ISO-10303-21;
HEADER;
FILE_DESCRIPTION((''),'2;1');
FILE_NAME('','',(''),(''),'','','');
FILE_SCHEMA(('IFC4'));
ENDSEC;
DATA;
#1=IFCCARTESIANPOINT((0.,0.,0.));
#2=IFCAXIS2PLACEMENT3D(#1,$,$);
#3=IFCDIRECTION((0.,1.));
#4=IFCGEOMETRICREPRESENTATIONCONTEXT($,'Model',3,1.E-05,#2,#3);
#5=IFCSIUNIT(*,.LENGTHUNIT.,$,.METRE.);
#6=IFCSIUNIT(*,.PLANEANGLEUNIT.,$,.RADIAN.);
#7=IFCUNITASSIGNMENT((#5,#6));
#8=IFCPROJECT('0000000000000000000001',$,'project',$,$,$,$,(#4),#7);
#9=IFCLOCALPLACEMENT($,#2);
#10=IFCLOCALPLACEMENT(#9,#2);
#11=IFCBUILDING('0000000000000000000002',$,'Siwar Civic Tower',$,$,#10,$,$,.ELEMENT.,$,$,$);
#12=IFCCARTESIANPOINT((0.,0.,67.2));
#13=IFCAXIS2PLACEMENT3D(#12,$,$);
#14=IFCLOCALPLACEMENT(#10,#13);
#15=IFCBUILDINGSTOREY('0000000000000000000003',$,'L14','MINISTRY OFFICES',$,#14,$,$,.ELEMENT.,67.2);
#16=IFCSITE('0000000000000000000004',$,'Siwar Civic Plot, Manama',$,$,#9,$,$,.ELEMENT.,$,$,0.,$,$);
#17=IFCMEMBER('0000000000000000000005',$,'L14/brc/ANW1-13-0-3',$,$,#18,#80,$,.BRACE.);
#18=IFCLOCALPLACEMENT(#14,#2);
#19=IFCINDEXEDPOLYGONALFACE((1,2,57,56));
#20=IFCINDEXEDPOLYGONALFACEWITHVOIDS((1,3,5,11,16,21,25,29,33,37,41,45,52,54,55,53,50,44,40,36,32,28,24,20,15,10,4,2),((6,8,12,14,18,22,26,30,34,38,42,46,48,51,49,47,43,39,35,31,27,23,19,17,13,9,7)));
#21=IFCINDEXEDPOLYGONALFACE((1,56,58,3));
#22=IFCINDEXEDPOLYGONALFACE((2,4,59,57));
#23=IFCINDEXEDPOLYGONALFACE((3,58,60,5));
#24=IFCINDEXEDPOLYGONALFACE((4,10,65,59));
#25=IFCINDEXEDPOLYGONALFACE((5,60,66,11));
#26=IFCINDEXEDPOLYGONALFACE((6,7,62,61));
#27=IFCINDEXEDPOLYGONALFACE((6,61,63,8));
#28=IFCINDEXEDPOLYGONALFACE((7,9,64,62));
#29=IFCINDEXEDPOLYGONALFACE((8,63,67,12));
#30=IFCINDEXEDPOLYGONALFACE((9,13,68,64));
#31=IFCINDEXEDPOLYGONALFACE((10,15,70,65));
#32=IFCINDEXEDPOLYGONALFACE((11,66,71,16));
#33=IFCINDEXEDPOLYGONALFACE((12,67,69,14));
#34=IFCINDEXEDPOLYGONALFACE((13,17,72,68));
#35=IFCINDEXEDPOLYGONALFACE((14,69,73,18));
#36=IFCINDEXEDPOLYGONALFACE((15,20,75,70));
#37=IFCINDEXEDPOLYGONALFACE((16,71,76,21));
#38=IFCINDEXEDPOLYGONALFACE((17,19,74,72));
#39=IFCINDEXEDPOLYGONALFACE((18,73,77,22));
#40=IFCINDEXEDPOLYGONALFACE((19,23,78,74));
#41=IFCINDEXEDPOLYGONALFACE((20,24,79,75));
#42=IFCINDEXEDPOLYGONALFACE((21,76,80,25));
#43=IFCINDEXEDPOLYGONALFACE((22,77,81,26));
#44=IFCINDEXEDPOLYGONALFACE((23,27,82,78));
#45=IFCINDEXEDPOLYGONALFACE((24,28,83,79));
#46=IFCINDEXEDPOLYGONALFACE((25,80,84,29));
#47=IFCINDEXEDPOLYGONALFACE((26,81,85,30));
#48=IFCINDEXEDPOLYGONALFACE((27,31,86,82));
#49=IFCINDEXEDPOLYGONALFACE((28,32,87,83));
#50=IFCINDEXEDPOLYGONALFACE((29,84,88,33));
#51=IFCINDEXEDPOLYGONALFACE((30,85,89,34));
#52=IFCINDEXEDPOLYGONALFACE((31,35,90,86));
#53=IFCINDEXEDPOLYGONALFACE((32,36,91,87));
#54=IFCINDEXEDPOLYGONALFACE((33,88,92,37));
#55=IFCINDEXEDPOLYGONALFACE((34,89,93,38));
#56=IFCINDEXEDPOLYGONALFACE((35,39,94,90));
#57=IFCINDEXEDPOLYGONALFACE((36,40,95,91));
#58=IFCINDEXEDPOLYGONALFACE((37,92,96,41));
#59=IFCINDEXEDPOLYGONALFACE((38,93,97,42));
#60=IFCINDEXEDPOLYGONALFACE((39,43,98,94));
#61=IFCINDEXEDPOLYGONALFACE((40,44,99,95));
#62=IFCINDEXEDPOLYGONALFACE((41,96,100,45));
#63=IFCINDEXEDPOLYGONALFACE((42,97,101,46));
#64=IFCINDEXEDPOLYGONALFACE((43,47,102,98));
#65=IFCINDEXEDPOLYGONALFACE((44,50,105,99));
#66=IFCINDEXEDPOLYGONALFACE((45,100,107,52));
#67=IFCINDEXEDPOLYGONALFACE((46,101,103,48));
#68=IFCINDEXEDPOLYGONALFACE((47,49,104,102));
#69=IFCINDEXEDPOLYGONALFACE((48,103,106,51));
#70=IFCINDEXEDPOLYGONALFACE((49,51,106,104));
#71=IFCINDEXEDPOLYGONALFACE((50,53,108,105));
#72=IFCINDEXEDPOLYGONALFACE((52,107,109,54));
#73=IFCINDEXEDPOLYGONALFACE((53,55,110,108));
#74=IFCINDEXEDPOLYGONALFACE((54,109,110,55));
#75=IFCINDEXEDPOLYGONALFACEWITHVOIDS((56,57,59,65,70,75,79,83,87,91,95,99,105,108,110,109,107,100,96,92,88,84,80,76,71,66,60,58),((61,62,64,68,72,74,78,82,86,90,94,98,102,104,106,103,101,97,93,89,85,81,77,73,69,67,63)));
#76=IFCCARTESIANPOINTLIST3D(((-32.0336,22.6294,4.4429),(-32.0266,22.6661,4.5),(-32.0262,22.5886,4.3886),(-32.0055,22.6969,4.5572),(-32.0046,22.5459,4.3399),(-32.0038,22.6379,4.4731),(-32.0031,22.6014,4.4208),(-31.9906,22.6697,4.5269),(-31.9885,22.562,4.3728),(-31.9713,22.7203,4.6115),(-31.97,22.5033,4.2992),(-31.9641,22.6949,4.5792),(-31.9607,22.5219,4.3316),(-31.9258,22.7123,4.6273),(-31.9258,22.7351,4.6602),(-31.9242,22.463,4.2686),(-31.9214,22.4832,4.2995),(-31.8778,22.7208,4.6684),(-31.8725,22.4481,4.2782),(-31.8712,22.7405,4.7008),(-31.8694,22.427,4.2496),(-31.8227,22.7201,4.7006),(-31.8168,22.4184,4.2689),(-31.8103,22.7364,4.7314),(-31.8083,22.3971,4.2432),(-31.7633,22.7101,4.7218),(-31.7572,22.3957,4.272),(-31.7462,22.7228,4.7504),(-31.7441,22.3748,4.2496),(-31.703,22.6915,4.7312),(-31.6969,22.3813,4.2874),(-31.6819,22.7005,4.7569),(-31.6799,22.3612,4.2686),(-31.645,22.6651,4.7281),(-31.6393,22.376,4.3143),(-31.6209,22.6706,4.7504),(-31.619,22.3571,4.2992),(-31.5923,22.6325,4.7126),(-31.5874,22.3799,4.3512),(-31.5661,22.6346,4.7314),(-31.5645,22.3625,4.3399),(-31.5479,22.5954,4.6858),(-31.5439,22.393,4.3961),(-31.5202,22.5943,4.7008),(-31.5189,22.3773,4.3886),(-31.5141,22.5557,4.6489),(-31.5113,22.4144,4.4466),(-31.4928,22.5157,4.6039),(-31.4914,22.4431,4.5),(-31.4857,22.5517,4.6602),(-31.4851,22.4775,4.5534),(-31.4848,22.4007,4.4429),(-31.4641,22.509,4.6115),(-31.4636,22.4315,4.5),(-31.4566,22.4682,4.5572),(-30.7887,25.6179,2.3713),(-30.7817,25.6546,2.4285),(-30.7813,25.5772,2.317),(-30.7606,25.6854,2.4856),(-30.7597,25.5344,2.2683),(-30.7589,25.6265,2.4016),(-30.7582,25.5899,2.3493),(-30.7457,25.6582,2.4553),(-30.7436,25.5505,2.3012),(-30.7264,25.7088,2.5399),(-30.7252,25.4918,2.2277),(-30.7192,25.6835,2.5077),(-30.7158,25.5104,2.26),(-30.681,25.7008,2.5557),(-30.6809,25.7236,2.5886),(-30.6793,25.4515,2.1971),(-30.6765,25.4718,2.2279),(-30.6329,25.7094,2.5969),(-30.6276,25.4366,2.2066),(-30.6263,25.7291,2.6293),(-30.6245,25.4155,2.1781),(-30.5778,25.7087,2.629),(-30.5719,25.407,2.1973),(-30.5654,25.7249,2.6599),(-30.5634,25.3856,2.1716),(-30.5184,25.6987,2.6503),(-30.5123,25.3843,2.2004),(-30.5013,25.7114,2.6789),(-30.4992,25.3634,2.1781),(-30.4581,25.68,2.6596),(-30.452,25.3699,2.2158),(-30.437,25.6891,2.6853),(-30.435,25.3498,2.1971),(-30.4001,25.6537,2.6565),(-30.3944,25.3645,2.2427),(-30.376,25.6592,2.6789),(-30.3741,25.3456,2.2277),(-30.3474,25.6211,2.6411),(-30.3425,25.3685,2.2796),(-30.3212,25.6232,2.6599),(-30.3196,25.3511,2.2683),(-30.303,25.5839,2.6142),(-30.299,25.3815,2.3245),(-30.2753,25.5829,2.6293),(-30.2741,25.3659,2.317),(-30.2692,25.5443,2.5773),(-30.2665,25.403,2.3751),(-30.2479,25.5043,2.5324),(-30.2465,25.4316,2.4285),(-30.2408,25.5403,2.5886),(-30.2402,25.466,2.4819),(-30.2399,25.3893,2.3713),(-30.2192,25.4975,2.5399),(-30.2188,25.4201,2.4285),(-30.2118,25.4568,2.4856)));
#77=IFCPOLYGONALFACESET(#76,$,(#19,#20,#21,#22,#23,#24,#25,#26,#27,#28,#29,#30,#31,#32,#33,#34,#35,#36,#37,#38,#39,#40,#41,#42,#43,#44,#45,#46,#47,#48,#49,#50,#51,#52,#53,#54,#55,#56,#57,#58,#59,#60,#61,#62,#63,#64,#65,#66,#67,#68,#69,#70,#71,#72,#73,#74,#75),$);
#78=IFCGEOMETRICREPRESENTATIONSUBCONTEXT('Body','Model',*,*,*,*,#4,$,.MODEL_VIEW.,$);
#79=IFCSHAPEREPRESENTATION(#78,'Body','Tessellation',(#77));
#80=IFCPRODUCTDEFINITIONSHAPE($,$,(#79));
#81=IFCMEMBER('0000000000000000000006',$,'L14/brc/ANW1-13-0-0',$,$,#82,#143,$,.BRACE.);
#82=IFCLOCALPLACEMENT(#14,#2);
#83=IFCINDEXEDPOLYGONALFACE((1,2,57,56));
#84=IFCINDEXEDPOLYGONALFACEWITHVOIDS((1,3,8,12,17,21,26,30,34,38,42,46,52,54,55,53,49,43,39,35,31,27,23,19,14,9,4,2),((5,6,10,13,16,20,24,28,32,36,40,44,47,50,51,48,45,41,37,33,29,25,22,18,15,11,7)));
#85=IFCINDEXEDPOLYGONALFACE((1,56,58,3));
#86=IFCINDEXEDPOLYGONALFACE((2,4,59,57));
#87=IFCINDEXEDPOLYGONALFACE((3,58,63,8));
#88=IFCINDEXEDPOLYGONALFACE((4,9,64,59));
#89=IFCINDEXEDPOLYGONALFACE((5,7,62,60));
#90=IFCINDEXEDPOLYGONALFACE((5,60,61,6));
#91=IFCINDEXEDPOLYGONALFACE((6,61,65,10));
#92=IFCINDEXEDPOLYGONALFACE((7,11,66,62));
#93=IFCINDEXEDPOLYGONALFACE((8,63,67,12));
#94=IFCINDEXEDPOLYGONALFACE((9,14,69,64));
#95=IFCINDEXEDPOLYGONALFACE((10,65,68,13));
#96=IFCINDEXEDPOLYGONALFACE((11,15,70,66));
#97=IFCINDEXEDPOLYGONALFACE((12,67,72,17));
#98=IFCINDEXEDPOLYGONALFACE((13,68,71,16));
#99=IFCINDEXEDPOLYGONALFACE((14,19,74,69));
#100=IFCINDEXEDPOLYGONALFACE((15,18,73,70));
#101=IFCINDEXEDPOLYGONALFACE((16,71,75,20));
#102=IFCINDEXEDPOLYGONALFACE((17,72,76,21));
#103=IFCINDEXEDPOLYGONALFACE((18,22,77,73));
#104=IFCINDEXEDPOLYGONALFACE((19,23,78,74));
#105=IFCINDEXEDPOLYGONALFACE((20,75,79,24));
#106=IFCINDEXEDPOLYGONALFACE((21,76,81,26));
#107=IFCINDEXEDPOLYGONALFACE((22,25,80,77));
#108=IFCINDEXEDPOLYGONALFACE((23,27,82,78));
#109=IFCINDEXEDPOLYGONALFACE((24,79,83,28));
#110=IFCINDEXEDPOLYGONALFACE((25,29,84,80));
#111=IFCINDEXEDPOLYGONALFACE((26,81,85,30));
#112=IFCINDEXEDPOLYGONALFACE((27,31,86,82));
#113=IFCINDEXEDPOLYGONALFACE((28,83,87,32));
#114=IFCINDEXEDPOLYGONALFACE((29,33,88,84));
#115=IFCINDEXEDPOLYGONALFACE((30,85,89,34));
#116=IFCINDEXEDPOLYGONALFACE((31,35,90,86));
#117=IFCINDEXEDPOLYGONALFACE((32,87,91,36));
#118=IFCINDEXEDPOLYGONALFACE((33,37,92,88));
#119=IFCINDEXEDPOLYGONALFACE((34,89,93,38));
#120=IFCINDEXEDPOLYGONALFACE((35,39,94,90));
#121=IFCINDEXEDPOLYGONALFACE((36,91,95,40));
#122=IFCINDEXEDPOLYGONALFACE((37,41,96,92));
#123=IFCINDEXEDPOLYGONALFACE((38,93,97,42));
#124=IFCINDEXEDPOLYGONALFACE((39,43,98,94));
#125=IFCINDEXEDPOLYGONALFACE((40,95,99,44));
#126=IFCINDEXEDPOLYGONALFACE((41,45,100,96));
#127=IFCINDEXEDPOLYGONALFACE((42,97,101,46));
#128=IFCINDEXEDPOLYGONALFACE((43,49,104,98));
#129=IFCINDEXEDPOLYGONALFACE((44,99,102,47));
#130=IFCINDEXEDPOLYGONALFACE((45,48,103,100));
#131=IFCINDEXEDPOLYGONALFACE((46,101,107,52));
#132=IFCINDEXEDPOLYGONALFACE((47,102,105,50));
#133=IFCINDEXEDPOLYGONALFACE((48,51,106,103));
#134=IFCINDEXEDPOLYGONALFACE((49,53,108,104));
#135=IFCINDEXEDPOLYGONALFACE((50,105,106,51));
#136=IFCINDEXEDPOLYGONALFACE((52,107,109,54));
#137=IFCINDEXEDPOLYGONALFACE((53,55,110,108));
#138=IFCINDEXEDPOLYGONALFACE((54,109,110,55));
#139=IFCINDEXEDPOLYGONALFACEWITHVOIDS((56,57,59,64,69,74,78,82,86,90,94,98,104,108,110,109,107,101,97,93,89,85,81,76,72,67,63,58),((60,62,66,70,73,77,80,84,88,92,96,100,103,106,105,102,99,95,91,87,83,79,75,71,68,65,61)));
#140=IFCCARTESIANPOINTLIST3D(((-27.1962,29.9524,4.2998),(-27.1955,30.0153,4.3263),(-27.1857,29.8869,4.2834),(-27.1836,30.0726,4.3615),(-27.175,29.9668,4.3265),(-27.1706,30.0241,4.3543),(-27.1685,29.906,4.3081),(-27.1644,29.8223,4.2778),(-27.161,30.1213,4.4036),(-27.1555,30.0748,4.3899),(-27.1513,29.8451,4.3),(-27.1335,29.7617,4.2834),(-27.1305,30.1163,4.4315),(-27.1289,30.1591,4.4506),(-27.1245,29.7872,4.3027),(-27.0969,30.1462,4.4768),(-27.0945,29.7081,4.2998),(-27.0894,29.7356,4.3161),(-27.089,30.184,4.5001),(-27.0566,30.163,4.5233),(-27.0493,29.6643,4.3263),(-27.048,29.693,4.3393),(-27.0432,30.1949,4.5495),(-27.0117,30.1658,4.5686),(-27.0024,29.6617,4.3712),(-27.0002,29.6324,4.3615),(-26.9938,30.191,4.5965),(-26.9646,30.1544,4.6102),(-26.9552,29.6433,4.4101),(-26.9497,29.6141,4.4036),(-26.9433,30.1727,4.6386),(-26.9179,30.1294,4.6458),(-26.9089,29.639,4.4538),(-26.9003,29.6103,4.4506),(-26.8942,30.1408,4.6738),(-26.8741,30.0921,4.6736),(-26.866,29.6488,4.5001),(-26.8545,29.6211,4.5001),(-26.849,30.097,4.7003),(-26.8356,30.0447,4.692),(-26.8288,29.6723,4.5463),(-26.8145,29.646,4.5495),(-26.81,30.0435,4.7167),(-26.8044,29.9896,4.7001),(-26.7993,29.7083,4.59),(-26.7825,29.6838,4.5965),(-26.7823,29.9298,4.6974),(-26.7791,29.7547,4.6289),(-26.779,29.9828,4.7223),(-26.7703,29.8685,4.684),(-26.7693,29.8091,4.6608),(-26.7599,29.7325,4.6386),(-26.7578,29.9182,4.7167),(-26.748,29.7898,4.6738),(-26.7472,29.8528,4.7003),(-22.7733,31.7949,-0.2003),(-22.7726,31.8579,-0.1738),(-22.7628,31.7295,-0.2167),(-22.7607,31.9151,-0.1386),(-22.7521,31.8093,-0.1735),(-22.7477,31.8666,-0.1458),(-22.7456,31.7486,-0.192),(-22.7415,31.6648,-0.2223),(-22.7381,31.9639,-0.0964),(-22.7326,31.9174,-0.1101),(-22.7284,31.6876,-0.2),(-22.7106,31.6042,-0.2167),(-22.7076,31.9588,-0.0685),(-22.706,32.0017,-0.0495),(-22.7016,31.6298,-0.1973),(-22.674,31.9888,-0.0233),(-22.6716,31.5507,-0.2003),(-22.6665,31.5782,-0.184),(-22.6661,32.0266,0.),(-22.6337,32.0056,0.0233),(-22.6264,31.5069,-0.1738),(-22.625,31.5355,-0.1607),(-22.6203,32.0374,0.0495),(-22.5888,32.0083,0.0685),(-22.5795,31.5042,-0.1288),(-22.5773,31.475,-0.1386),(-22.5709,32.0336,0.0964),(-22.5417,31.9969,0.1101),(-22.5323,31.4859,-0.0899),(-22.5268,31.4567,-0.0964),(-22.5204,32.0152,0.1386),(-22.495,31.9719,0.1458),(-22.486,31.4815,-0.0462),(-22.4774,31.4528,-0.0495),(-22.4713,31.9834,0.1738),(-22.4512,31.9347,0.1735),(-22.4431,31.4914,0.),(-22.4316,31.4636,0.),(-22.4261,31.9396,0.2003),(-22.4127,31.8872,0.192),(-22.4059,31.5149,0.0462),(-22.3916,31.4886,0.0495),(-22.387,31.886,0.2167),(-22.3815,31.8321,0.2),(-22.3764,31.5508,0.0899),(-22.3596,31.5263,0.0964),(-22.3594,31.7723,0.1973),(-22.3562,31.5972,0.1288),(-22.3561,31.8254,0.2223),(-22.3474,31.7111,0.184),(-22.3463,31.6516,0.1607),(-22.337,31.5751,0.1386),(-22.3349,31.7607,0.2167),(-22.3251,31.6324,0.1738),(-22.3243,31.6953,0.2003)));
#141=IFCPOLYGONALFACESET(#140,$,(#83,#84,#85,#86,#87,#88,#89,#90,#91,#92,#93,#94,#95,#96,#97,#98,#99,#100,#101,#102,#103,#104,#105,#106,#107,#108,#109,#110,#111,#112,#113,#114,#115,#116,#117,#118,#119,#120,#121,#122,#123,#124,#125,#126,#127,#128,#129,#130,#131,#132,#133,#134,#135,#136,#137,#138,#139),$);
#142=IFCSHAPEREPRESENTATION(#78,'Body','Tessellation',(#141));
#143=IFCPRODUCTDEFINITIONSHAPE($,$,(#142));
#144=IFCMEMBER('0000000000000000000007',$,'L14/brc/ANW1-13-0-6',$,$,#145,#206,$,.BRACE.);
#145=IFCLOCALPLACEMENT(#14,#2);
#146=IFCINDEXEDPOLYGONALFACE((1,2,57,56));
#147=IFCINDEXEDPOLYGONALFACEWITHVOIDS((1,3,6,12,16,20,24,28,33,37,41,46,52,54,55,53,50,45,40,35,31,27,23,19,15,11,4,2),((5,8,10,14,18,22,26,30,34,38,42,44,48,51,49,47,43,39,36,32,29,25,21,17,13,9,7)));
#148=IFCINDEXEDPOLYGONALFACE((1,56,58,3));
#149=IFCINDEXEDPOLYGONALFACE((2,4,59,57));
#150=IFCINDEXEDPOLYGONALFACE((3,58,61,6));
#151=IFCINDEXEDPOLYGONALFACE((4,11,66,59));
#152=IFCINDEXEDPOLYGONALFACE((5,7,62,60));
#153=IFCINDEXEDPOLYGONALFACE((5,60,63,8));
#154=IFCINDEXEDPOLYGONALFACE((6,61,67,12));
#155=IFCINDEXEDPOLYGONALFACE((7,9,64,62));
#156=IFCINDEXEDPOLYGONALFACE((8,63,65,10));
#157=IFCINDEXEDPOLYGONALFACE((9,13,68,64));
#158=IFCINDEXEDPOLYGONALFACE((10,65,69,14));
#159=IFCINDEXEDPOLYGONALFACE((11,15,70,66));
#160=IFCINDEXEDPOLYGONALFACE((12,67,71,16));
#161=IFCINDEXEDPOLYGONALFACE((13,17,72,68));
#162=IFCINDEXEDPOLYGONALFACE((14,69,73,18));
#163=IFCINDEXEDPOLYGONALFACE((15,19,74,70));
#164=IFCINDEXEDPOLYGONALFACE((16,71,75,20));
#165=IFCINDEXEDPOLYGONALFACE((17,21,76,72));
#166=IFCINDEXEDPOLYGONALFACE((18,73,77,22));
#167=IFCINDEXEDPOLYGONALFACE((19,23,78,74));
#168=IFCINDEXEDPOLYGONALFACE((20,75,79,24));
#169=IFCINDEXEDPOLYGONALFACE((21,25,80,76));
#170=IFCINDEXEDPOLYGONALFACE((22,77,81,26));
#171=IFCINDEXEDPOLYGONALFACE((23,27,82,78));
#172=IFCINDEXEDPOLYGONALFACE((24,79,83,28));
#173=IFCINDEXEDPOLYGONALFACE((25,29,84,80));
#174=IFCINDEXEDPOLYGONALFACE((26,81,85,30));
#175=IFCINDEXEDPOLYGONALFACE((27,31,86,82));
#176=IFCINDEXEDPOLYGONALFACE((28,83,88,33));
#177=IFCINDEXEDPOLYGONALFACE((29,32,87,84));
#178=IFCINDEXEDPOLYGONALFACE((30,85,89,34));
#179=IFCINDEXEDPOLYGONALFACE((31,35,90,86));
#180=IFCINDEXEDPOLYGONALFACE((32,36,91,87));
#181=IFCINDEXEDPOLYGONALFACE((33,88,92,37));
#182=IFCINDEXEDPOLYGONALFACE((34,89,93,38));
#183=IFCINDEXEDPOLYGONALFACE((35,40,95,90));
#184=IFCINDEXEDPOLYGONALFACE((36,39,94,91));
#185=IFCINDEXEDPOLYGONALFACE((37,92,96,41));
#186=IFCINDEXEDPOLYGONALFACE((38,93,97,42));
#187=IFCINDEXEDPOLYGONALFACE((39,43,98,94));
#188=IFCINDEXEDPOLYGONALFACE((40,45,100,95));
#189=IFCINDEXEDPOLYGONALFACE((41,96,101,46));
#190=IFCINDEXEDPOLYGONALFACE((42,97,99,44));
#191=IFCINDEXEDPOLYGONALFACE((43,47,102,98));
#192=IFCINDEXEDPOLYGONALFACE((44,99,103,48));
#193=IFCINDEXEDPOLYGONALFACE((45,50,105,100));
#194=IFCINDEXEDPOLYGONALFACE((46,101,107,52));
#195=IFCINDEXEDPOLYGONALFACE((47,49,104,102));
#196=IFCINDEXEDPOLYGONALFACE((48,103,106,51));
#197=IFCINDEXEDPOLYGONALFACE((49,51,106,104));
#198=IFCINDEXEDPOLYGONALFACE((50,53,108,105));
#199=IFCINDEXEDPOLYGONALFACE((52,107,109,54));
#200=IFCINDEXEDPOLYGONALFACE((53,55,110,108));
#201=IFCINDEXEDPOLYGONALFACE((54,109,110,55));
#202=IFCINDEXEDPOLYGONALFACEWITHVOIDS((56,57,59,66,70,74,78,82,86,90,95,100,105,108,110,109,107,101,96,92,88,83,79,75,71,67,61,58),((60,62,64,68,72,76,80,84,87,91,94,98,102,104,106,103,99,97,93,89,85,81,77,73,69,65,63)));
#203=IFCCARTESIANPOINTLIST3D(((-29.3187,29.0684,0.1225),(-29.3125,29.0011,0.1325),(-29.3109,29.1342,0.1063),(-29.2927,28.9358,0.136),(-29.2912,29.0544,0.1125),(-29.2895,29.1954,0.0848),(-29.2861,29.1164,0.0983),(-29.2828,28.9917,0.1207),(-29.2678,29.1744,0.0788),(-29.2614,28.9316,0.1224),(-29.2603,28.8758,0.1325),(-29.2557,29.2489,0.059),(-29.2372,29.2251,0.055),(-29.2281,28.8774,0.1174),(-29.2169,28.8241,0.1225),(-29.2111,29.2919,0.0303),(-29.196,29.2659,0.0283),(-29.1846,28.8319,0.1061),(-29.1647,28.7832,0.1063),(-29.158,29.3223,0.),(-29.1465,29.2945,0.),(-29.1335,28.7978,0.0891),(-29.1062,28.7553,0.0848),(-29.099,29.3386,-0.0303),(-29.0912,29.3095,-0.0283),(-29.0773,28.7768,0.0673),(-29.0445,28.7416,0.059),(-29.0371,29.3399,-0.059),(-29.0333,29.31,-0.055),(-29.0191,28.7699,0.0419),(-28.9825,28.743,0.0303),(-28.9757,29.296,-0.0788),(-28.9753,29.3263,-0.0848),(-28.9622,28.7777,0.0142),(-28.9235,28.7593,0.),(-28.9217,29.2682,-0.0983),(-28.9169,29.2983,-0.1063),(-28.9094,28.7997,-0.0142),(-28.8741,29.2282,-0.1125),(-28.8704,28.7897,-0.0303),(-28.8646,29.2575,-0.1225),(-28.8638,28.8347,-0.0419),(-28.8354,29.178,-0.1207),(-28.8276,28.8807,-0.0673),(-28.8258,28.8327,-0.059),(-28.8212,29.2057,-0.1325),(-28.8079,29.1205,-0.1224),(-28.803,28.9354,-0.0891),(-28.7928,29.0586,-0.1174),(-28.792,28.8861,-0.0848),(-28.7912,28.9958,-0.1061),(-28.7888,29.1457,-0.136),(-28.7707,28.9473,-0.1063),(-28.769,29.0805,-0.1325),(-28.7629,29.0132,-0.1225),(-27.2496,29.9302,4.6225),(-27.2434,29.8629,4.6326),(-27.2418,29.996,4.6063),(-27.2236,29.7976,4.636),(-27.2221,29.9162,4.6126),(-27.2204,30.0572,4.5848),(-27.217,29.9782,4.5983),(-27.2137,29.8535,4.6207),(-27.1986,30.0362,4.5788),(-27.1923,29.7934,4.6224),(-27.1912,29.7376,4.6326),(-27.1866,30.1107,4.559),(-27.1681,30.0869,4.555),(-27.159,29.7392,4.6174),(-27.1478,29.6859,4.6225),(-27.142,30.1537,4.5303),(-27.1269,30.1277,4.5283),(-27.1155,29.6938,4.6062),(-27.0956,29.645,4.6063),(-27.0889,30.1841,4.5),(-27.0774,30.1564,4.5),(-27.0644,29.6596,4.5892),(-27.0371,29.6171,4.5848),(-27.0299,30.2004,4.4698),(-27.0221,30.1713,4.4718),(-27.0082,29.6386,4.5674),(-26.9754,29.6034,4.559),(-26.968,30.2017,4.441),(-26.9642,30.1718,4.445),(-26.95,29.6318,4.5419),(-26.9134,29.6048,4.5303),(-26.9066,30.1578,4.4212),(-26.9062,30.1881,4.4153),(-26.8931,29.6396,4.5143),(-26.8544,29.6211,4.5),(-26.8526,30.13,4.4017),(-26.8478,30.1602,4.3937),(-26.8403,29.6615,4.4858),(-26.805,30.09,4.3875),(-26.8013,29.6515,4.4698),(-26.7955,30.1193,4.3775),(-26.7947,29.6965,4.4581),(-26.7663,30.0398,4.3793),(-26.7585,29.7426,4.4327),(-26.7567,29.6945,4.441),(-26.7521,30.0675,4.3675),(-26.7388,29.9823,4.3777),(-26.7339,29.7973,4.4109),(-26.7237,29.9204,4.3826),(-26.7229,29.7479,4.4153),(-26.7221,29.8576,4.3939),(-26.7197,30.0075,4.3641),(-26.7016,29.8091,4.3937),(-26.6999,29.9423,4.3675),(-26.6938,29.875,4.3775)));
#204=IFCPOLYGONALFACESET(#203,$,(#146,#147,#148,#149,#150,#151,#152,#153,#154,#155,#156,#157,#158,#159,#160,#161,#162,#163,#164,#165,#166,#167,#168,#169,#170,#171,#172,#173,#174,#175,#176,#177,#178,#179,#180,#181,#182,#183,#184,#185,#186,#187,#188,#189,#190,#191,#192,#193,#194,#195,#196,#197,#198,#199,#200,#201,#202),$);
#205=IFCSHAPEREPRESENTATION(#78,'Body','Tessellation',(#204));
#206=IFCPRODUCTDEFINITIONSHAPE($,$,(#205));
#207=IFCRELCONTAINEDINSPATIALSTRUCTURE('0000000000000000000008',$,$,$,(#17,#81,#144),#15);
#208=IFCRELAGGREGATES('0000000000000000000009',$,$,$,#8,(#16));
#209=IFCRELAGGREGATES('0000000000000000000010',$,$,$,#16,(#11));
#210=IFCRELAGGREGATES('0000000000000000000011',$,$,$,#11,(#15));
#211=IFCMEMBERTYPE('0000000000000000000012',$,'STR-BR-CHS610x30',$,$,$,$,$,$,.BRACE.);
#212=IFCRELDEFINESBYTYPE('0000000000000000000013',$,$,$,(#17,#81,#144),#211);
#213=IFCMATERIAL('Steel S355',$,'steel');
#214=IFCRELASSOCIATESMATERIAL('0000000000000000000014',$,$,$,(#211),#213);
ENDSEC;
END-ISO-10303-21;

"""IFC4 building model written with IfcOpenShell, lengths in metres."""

from ifc_helpers import new_model, si_unit, direction, frame, origin, origin_2d, place, context, subcontext, project, spatial, hollow_circle, extrude, material, material_profile, profile_set, type_object, element, save


model = new_model("IFC4")

# Units and contexts
model_context = context("Model", 3, precision=1e-05, world=origin(), true_north=direction((0.0, 1.0)))
body_context = subcontext(model_context, "Body", "Model", "MODEL_VIEW")
ifc_project = project(units=[si_unit("LENGTHUNIT", "METRE"), si_unit("PLANEANGLEUNIT", "RADIAN")], contexts=[model_context])

# Site, building, storey
site_placement = place(None, origin())
site = spatial("IfcSite", under=ifc_project, at=site_placement, Name="Siwar Civic Plot, Manama", CompositionType="ELEMENT", RefElevation=0.0)
building_placement = place(site_placement, origin())
building = spatial("IfcBuilding", under=site, at=building_placement, Name="Siwar Civic Tower", CompositionType="ELEMENT")
storey_placement = place(building_placement, frame((0.0, 0.0, 67.2)))
storey = spatial("IfcBuildingStorey", under=building, at=storey_placement, Name="L14", Description="MINISTRY OFFICES", CompositionType="ELEMENT", Elevation=67.2)

# Members
ifc_material_1 = material(Name="Steel S355", Category="steel")
ifc_material_profile_1 = material_profile(ifc_material_1, hollow_circle(Radius=0.3049, WallThickness=0.03, at=origin_2d()), Name="CHS610x30")
ifc_profile_set_1 = profile_set([ifc_material_profile_1], Name="Steel S355")
member_type_1 = type_object("IfcMemberType", Name="STR-BR-CHS610x30", PredefinedType="BRACE", material=ifc_profile_set_1)
member_1_placement = place(storey_placement, frame((-30.5002, 25.5374, 2.4285), z_axis=(-0.323893, -0.77756, 0.538975), x_axis=(0.923115, -0.384524, 0.0)))
element("IfcMember", 1, at=member_1_placement, inside=storey, type_object=member_type_1, Name="L14/brc/ANW1-13-0-3", PredefinedType="BRACE", context=body_context, shape_type="SweptSolid", body=[
    extrude(hollow_circle(Radius=0.3049, WallThickness=0.03, at=origin_2d()), origin(), (0.0, 0.0, 1.0), 3.8435),
])
member_2_placement = place(storey_placement, frame((-22.5488, 31.7451, 0.0), z_axis=(-0.672865, -0.280311, 0.684601), x_axis=(0.384557, -0.923101, 0.0)))
element("IfcMember", 2, at=member_2_placement, inside=storey, type_object=member_type_1, Name="L14/brc/ANW1-13-0-0", PredefinedType="BRACE", context=body_context, shape_type="SweptSolid", body=[
    extrude(hollow_circle(Radius=0.3049, WallThickness=0.03, at=origin_2d()), origin(), (0.0, 0.0, 1.0), 6.5732),
])
member_3_placement = place(storey_placement, frame((-29.0408, 29.0408, 0.0), z_axis=(0.41157, 0.171427, 0.895111), x_axis=(-0.384499, 0.923125, 0.0)))
element("IfcMember", 3, at=member_3_placement, inside=storey, type_object=member_type_1, Name="L14/brc/ANW1-13-0-6", PredefinedType="BRACE", context=body_context, shape_type="SweptSolid", body=[
    extrude(hollow_circle(Radius=0.3049, WallThickness=0.03, at=origin_2d()), origin(), (0.0, 0.0, 1.0), 5.0273),
])

save(model, "model.ifc")
